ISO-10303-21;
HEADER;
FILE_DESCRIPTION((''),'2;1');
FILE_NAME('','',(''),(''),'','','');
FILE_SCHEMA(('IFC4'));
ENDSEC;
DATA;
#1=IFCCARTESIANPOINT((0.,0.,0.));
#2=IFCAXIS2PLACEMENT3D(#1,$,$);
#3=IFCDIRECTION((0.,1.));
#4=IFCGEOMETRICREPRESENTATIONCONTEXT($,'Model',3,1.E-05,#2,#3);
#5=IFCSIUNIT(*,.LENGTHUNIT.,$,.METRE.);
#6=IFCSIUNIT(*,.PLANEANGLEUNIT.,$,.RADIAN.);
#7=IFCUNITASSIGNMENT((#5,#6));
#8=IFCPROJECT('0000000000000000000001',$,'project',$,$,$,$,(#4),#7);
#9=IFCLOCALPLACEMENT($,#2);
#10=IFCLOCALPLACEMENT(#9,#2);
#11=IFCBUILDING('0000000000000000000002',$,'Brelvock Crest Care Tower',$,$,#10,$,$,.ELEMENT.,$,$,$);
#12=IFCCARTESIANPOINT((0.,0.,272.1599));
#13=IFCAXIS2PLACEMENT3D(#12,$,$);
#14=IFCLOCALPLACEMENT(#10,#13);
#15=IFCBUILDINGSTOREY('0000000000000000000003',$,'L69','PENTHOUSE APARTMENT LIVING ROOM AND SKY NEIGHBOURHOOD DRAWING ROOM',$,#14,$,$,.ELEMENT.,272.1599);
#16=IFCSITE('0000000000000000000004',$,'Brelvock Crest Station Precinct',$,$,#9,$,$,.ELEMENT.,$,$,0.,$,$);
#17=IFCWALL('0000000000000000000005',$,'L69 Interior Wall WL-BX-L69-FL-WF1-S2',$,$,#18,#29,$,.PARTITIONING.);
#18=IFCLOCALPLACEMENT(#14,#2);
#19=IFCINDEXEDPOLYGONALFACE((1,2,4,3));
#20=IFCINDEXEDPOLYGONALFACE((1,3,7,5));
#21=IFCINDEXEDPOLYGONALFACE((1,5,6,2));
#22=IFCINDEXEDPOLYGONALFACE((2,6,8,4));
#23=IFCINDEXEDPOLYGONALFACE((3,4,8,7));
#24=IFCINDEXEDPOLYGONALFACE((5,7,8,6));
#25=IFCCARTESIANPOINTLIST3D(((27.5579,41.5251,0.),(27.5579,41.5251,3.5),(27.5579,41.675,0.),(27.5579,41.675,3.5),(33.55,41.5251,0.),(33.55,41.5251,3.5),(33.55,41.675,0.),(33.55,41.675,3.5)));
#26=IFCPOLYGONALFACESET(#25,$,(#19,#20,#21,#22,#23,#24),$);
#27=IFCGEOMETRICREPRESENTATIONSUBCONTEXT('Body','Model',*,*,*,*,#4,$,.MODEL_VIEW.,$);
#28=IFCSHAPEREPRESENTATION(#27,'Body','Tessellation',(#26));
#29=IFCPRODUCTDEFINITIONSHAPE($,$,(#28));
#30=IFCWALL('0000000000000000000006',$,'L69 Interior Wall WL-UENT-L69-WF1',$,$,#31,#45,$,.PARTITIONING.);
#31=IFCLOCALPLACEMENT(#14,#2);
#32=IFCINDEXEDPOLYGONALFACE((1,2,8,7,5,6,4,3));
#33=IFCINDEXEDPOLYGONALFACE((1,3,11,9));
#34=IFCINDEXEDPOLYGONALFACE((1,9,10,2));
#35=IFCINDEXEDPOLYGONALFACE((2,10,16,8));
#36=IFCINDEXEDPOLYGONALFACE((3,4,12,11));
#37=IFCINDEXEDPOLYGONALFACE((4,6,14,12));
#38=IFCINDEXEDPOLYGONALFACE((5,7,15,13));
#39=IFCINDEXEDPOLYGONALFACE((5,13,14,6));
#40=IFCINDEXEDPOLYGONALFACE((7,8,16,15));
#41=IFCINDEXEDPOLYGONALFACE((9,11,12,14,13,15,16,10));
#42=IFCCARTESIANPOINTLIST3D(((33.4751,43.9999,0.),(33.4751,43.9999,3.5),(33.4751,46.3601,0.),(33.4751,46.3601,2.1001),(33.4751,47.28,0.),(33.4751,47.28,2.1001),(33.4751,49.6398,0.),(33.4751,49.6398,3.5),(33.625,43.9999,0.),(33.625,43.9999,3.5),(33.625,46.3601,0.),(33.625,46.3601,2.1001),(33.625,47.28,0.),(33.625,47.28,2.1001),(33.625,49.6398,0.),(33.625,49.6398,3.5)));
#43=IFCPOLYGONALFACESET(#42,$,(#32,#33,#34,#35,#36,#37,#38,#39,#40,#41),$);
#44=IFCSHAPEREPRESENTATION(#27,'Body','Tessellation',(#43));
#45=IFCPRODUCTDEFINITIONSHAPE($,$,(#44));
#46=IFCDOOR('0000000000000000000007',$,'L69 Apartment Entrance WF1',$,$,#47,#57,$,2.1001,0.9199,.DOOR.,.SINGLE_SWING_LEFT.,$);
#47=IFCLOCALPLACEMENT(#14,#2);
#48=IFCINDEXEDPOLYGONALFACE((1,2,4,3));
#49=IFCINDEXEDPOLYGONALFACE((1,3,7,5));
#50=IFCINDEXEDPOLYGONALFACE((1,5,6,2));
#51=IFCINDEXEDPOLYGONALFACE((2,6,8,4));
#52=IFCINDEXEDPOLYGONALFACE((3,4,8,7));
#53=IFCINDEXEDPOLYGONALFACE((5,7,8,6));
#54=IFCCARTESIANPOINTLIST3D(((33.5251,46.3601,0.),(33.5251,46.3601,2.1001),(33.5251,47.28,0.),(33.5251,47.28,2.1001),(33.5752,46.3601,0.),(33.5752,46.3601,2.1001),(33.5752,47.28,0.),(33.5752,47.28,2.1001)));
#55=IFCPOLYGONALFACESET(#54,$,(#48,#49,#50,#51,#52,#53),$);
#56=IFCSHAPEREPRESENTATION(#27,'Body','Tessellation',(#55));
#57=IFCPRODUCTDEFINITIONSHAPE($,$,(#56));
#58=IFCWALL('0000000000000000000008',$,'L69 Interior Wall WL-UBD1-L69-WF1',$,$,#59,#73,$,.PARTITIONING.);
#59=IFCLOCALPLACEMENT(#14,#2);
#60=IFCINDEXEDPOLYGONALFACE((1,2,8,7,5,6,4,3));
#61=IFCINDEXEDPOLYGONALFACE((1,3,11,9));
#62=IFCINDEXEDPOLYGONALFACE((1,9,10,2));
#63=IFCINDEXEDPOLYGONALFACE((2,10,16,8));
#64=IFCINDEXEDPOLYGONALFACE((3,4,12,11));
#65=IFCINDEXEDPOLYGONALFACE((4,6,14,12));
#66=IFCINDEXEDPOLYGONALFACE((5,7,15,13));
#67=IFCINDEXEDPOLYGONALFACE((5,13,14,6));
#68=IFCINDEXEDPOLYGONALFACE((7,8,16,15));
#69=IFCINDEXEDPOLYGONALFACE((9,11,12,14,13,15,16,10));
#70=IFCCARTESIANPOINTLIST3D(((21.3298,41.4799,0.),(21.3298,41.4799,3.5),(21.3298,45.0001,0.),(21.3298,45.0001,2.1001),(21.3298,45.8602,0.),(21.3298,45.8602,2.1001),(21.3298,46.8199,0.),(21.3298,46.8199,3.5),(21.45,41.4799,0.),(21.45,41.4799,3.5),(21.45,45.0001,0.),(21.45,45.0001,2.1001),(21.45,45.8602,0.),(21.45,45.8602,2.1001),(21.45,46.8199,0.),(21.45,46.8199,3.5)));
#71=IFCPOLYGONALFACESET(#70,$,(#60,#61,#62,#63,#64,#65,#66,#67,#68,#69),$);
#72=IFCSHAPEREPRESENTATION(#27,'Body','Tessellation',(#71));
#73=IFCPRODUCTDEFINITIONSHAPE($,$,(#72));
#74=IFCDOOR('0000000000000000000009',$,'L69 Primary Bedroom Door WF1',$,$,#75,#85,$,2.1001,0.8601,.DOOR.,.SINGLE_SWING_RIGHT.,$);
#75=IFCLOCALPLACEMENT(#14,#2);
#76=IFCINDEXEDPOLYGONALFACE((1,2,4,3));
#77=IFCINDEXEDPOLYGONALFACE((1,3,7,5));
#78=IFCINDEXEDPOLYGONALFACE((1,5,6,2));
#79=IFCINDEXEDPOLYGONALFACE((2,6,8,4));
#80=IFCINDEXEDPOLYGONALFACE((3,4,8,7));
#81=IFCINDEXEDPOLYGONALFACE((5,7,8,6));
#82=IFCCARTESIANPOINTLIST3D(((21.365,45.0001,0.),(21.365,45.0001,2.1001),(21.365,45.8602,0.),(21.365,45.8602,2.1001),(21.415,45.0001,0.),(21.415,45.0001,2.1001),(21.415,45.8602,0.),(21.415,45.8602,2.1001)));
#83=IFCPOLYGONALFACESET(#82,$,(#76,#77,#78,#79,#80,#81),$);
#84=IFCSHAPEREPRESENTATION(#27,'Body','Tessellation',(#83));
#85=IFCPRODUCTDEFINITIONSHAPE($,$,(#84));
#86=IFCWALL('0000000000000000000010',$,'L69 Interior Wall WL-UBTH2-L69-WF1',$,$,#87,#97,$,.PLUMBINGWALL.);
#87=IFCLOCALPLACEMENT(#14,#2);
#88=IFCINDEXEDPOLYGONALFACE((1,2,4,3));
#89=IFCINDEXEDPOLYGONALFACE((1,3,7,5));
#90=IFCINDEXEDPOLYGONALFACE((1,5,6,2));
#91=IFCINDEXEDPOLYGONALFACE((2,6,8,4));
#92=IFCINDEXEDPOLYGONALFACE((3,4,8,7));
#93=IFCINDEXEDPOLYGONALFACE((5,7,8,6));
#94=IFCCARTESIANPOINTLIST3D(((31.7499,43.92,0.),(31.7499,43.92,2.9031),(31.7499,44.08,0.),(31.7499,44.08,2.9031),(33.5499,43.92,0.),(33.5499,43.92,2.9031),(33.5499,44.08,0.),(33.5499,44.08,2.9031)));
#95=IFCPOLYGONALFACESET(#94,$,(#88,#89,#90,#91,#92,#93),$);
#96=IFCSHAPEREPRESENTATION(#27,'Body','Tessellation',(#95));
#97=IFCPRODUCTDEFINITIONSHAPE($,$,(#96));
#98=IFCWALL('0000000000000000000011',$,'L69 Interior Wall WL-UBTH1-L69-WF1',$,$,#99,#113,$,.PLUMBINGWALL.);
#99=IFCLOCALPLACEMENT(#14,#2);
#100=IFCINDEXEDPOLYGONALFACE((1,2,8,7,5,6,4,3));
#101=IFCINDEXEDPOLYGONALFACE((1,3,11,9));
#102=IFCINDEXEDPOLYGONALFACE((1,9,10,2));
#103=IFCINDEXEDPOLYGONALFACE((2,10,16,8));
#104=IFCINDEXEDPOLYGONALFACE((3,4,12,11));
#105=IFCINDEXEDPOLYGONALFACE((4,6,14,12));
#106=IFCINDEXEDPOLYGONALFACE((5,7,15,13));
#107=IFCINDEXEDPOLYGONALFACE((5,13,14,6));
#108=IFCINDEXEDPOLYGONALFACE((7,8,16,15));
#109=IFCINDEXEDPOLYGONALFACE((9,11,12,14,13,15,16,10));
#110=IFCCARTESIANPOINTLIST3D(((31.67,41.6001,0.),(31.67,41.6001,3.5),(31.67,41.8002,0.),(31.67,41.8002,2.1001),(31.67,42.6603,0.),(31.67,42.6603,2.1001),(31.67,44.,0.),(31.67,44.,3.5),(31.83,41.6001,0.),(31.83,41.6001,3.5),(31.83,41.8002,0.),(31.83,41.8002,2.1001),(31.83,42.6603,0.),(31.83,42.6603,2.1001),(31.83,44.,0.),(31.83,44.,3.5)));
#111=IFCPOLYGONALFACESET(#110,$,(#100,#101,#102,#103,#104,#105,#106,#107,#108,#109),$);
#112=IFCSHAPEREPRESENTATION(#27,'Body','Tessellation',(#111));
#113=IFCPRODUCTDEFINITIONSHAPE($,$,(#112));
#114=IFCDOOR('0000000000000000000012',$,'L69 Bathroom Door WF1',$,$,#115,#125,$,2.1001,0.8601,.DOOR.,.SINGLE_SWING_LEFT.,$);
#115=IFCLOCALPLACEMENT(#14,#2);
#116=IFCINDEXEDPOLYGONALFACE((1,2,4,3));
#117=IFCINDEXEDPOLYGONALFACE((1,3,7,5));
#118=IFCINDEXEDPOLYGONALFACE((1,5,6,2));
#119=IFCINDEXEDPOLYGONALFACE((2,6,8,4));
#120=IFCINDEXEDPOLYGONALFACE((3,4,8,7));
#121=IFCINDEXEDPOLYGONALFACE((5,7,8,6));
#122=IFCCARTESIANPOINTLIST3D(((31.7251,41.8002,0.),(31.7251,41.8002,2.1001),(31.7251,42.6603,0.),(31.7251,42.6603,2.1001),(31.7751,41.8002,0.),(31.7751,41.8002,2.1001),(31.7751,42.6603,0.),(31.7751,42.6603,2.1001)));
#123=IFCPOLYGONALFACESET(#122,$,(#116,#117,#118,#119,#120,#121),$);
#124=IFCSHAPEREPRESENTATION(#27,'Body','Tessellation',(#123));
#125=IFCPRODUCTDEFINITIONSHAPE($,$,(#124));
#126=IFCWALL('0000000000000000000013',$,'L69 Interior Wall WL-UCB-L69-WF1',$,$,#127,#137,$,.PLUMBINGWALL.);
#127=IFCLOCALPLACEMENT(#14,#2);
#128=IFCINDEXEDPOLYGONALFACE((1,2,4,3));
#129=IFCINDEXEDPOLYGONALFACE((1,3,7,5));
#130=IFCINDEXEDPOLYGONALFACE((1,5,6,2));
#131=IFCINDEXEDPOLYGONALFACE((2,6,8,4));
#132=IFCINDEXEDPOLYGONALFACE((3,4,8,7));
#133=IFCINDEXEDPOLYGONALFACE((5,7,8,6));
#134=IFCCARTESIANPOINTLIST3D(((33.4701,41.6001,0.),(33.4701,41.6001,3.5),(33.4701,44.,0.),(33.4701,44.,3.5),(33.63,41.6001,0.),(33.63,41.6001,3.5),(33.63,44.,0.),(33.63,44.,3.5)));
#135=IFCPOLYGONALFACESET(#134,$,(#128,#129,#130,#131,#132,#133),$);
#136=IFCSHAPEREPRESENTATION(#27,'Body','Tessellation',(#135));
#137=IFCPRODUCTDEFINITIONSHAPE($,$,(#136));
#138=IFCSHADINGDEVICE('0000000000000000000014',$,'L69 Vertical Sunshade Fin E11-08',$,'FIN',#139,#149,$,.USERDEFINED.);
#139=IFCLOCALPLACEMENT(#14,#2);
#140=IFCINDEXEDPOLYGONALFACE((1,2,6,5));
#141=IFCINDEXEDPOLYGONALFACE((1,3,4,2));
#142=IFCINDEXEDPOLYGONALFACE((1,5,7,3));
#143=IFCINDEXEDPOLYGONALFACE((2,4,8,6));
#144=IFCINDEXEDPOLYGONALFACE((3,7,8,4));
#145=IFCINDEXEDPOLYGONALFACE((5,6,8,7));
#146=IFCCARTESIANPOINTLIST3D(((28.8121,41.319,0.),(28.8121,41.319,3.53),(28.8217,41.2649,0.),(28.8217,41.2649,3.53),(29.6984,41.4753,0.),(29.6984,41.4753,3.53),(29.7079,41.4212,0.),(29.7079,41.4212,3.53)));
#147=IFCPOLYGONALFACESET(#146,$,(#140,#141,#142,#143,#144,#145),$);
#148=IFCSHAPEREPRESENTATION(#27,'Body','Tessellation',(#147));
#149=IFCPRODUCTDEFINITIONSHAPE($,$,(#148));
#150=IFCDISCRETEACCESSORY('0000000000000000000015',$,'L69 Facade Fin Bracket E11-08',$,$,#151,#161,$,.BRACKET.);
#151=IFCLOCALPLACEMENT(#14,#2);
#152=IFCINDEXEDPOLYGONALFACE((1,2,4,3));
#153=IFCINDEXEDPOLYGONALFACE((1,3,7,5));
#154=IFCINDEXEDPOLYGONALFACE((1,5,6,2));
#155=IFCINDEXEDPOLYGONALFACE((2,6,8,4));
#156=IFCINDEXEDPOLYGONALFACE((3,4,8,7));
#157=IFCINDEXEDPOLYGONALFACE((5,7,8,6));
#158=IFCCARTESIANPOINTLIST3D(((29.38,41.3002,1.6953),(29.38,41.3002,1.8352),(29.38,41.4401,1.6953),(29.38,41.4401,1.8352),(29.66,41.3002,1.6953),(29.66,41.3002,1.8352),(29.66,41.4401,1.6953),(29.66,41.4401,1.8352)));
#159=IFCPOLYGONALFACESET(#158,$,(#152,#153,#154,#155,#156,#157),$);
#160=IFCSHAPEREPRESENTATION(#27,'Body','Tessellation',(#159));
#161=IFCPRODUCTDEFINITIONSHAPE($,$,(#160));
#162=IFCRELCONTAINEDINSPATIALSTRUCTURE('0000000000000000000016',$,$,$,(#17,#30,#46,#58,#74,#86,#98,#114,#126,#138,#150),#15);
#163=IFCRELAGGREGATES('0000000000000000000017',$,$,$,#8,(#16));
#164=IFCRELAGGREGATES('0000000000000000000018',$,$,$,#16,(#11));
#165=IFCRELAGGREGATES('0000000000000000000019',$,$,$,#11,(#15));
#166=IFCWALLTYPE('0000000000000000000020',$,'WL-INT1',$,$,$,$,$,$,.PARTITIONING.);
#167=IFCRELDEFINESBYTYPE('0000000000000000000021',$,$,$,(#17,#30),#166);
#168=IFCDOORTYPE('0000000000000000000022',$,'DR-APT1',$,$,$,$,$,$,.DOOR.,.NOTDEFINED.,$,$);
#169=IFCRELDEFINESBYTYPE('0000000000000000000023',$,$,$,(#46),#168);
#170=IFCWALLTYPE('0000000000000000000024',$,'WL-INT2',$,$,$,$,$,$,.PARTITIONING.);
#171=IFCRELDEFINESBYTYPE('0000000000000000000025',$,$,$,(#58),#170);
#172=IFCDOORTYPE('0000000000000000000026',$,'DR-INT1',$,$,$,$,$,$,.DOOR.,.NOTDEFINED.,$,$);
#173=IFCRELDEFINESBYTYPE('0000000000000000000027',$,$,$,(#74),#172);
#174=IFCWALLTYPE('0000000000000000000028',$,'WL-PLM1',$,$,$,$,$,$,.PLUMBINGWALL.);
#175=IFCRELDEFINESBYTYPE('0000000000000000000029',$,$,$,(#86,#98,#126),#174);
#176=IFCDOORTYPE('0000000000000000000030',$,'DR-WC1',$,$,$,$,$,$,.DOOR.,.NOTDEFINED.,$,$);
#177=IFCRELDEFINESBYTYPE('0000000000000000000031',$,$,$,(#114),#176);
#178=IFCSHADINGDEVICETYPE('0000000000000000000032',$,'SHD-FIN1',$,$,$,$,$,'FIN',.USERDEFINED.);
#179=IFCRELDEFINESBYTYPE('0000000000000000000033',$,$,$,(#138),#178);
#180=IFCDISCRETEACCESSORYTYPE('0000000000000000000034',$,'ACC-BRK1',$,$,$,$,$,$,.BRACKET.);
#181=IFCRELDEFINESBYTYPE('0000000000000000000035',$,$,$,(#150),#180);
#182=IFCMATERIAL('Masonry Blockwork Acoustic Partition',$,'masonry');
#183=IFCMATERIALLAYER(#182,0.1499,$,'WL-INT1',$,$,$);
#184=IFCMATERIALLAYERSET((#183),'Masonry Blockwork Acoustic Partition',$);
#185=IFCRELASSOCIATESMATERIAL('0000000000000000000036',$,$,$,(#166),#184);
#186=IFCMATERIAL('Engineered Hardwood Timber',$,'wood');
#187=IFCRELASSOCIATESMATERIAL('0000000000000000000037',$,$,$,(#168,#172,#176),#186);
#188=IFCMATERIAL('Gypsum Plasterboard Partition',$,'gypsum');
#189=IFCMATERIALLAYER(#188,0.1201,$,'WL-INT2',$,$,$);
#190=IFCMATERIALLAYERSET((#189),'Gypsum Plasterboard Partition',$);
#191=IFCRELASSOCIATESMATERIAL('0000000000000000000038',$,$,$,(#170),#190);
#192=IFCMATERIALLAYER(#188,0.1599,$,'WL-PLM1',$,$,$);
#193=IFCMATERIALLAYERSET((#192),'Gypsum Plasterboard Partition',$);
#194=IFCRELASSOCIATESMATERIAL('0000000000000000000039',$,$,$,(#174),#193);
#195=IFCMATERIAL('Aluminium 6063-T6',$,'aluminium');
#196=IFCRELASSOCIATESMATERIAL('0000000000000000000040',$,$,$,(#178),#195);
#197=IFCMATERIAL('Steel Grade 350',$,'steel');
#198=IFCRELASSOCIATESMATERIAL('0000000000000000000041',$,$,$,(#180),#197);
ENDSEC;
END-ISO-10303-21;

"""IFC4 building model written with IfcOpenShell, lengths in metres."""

from ifc_helpers import new_model, si_unit, direction, frame, frame_2d, origin, origin_2d, place, context, subcontext, project, spatial, rectangle, extrude, source, transform, mapped, material, layer, layer_set, material_profile, profile_set, type_object, element, fill, save


model = new_model("IFC4")

# Units and contexts
model_context = context("Model", 3, precision=1e-05, world=origin(), true_north=direction((0.0, 1.0)))
body_context = subcontext(model_context, "Body", "Model", "MODEL_VIEW")
ifc_project = project(units=[si_unit("LENGTHUNIT", "METRE"), si_unit("PLANEANGLEUNIT", "RADIAN")], contexts=[model_context])

# Site, building, storey
site_placement = place(None, origin())
site = spatial("IfcSite", under=ifc_project, at=site_placement, Name="Brelvock Crest Station Precinct", CompositionType="ELEMENT", RefElevation=0.0)
building_placement = place(site_placement, origin())
building = spatial("IfcBuilding", under=site, at=building_placement, Name="Brelvock Crest Care Tower", CompositionType="ELEMENT")
storey_placement = place(building_placement, frame((0.0, 0.0, 272.1599)))
storey = spatial("IfcBuildingStorey", under=building, at=storey_placement, Name="L69", Description="PENTHOUSE APARTMENT LIVING ROOM AND SKY NEIGHBOURHOOD DRAWING ROOM", CompositionType="ELEMENT", Elevation=272.1599)

# Shared definitions
ifc_material_1 = material(Name="Steel Grade 350", Category="steel")

# Shared definitions
ifc_material_2 = material(Name="Aluminium 6063-T6", Category="aluminium")

# Wall
ifc_material_3 = material(Name="Masonry Blockwork Acoustic Partition", Category="masonry")
ifc_layer_1 = layer(ifc_material_3, 0.1499, Name="WL-INT1")
ifc_layer_set_1 = layer_set([ifc_layer_1], Name="Masonry Blockwork Acoustic Partition")
wall_type_1 = type_object("IfcWallType", Name="WL-INT1", PredefinedType="PARTITIONING", material=ifc_layer_set_1)
wall_1_placement = place(storey_placement, frame((27.5579, 41.6001, 0.0), z_axis=(0.0, 0.0, 1.0), x_axis=(1.0, 0.0, 0.0)))
element("IfcWall", 1, at=wall_1_placement, inside=storey, type_object=wall_type_1, Name="L69 Interior Wall WL-BX-L69-FL-WF1-S2", PredefinedType="PARTITIONING", context=body_context, shape_type="SweptSolid", body=[
    extrude(rectangle(XDim=5.9922, YDim=0.1499, at=frame_2d((2.9961, 0.0))), origin(), (0.0, 0.0, 1.0), 3.5),
])

# Walls, openings, doors
wall_2_placement = place(storey_placement, frame((33.55, 44.0, 0.0), z_axis=(0.0, 0.0, 1.0), x_axis=(0.0, 1.0, 0.0)))
wall_2 = element("IfcWall", 2, at=wall_2_placement, inside=storey, type_object=wall_type_1, Name="L69 Interior Wall WL-UENT-L69-WF1", PredefinedType="PARTITIONING", context=body_context, shape_type="SweptSolid", body=[
    extrude(rectangle(XDim=5.6399, YDim=0.1499, at=frame_2d((2.8198, 0.0))), origin(), (0.0, 0.0, 1.0), 3.5),
])
opening_1_placement = place(wall_2_placement, frame((2.3601, 0.0, 0.0)))
opening_1 = element("IfcOpeningElement", 3, at=opening_1_placement, cuts=wall_2, PredefinedType="OPENING", context=body_context, shape_type="SweptSolid", body=[
    extrude(rectangle(XDim=0.9199, YDim=2.1001, at=origin_2d()), frame((0.46, 0.085, 1.05), z_axis=(0.0, -1.0, 0.0), x_axis=(1.0, 0.0, 0.0)), (0.0, 0.0, 1.0), 0.1699),
])
ifc_material_4 = material(Name="Engineered Hardwood Timber", Category="wood")
door_type_1 = type_object("IfcDoorType", Name="DR-APT1", OperationType="NOTDEFINED", PredefinedType="DOOR", material=ifc_material_4)
shared_shape_1 = source(origin(), body_context, "Body", "SweptSolid", [
    extrude(rectangle(XDim=0.9199, YDim=2.1001, at=origin_2d()), frame((0.46, 0.0249, 1.05), z_axis=(0.0, -1.0, 0.0), x_axis=(1.0, 0.0, 0.0)), (0.0, 0.0, 1.0), 0.05),
])
door_1_placement = place(opening_1_placement, origin())
door_1 = element("IfcDoor", 4, at=door_1_placement, inside=storey, type_object=door_type_1, Name="L69 Apartment Entrance WF1", OperationType="SINGLE_SWING_LEFT", OverallHeight=2.1001, OverallWidth=0.9199, PredefinedType="DOOR", context=body_context, shape_type="MappedRepresentation", body=[
    mapped(shared_shape_1, transform((0.0, 0.0, 0.0), x_axis=(1.0, 0.0, 0.0), y_axis=(0.0, 1.0, 0.0), z_axis=(0.0, 0.0, 1.0), scale=1.0)),
])
fill(opening_1, door_1)
ifc_material_5 = material(Name="Gypsum Plasterboard Partition", Category="gypsum")
ifc_layer_2 = layer(ifc_material_5, 0.1201, Name="WL-INT2")
ifc_layer_set_2 = layer_set([ifc_layer_2], Name="Gypsum Plasterboard Partition")
wall_type_2 = type_object("IfcWallType", Name="WL-INT2", PredefinedType="PARTITIONING", material=ifc_layer_set_2)
wall_3_placement = place(storey_placement, frame((21.3899, 41.48, 0.0), z_axis=(0.0, 0.0, 1.0), x_axis=(0.0, 1.0, 0.0)))
wall_3 = element("IfcWall", 5, at=wall_3_placement, inside=storey, type_object=wall_type_2, Name="L69 Interior Wall WL-UBD1-L69-WF1", PredefinedType="PARTITIONING", context=body_context, shape_type="SweptSolid", body=[
    extrude(rectangle(XDim=5.3401, YDim=0.1201, at=frame_2d((2.6699, 0.0))), origin(), (0.0, 0.0, 1.0), 3.5),
])
opening_2_placement = place(wall_3_placement, frame((3.52, 0.0, 0.0)))
opening_2 = element("IfcOpeningElement", 6, at=opening_2_placement, cuts=wall_3, PredefinedType="OPENING", context=body_context, shape_type="SweptSolid", body=[
    extrude(rectangle(XDim=0.8601, YDim=2.1001, at=origin_2d()), frame((0.4302, 0.0701, 1.05), z_axis=(0.0, -1.0, 0.0), x_axis=(1.0, 0.0, 0.0)), (0.0, 0.0, 1.0), 0.1401),
])
door_type_2 = type_object("IfcDoorType", Name="DR-INT1", OperationType="NOTDEFINED", PredefinedType="DOOR", material=ifc_material_4)
shared_shape_2 = source(origin(), body_context, "Body", "SweptSolid", [
    extrude(rectangle(XDim=0.8601, YDim=2.1001, at=origin_2d()), frame((0.4302, 0.0249, 1.05), z_axis=(0.0, -1.0, 0.0), x_axis=(1.0, 0.0, 0.0)), (0.0, 0.0, 1.0), 0.05),
])
door_2_placement = place(opening_2_placement, origin())
door_2 = element("IfcDoor", 7, at=door_2_placement, inside=storey, type_object=door_type_2, Name="L69 Primary Bedroom Door WF1", OperationType="SINGLE_SWING_RIGHT", OverallHeight=2.1001, OverallWidth=0.8601, PredefinedType="DOOR", context=body_context, shape_type="MappedRepresentation", body=[
    mapped(shared_shape_2, transform((0.0, 0.0, 0.0), x_axis=(1.0, 0.0, 0.0), y_axis=(0.0, 1.0, 0.0), z_axis=(0.0, 0.0, 1.0), scale=1.0)),
])
fill(opening_2, door_2)

# Wall
ifc_layer_3 = layer(ifc_material_5, 0.1599, Name="WL-PLM1")
ifc_layer_set_3 = layer_set([ifc_layer_3], Name="Gypsum Plasterboard Partition")
wall_type_3 = type_object("IfcWallType", Name="WL-PLM1", PredefinedType="PLUMBINGWALL", material=ifc_layer_set_3)
wall_4_placement = place(storey_placement, frame((31.75, 44.0, 0.0), z_axis=(0.0, 0.0, 1.0), x_axis=(1.0, 0.0, 0.0)))
element("IfcWall", 8, at=wall_4_placement, inside=storey, type_object=wall_type_3, Name="L69 Interior Wall WL-UBTH2-L69-WF1", PredefinedType="PLUMBINGWALL", context=body_context, shape_type="SweptSolid", body=[
    extrude(rectangle(XDim=1.8, YDim=0.1599, at=frame_2d((0.8999, 0.0))), origin(), (0.0, 0.0, 1.0), 2.9031),
])

# Wall, opening, door
wall_5_placement = place(storey_placement, frame((31.75, 41.6001, 0.0), z_axis=(0.0, 0.0, 1.0), x_axis=(0.0, 1.0, 0.0)))
wall_5 = element("IfcWall", 9, at=wall_5_placement, inside=storey, type_object=wall_type_3, Name="L69 Interior Wall WL-UBTH1-L69-WF1", PredefinedType="PLUMBINGWALL", context=body_context, shape_type="SweptSolid", body=[
    extrude(rectangle(XDim=2.3999, YDim=0.1599, at=frame_2d((1.2, 0.0))), origin(), (0.0, 0.0, 1.0), 3.5),
])
opening_3_placement = place(wall_5_placement, frame((0.2, 0.0, 0.0)))
opening_3 = element("IfcOpeningElement", 10, at=opening_3_placement, cuts=wall_5, PredefinedType="OPENING", context=body_context, shape_type="SweptSolid", body=[
    extrude(rectangle(XDim=0.8601, YDim=2.1001, at=origin_2d()), frame((0.4302, 0.0898, 1.05), z_axis=(0.0, -1.0, 0.0), x_axis=(1.0, 0.0, 0.0)), (0.0, 0.0, 1.0), 0.1799),
])
door_type_3 = type_object("IfcDoorType", Name="DR-WC1", OperationType="NOTDEFINED", PredefinedType="DOOR", material=ifc_material_4)
shared_shape_3 = source(origin(), body_context, "Body", "SweptSolid", [
    extrude(rectangle(XDim=0.8601, YDim=2.1001, at=origin_2d()), frame((0.4302, 0.0249, 1.05), z_axis=(0.0, -1.0, 0.0), x_axis=(1.0, 0.0, 0.0)), (0.0, 0.0, 1.0), 0.05),
])
door_3_placement = place(opening_3_placement, origin())
door_3 = element("IfcDoor", 11, at=door_3_placement, inside=storey, type_object=door_type_3, Name="L69 Bathroom Door WF1", OperationType="SINGLE_SWING_LEFT", OverallHeight=2.1001, OverallWidth=0.8601, PredefinedType="DOOR", context=body_context, shape_type="MappedRepresentation", body=[
    mapped(shared_shape_3, transform((0.0, 0.0, 0.0), x_axis=(1.0, 0.0, 0.0), y_axis=(0.0, 1.0, 0.0), z_axis=(0.0, 0.0, 1.0), scale=1.0)),
])
fill(opening_3, door_3)

# Wall
wall_6_placement = place(storey_placement, frame((33.55, 41.6001, 0.0), z_axis=(0.0, 0.0, 1.0), x_axis=(0.0, 1.0, 0.0)))
element("IfcWall", 12, at=wall_6_placement, inside=storey, type_object=wall_type_3, Name="L69 Interior Wall WL-UCB-L69-WF1", PredefinedType="PLUMBINGWALL", context=body_context, shape_type="SweptSolid", body=[
    extrude(rectangle(XDim=2.3999, YDim=0.1599, at=frame_2d((1.2, 0.0))), origin(), (0.0, 0.0, 1.0), 3.5),
])

# Shading device
ifc_material_profile_1 = material_profile(ifc_material_2, rectangle(XDim=0.0549, YDim=0.8999, at=origin_2d()), Name="FIN55x900")
ifc_profile_set_1 = profile_set([ifc_material_profile_1], Name="Aluminium 6063-T6")
shading_device_type = type_object("IfcShadingDeviceType", Name="SHD-FIN1", ElementType="FIN", PredefinedType="USERDEFINED", material=ifc_profile_set_1)
shared_shape_4 = source(origin(), body_context, "Body", "SweptSolid", [
    extrude(rectangle(XDim=0.0549, YDim=0.8999, at=origin_2d()), origin(), (0.0, 0.0, 1.0), 3.53),
])
shading_device_placement = place(storey_placement, frame((29.26, 41.3701, 0.0), z_axis=(0.0, 0.0, 1.0), x_axis=(-0.173648, 0.984808, 0.0)))
element("IfcShadingDevice", 13, at=shading_device_placement, inside=storey, type_object=shading_device_type, Name="L69 Vertical Sunshade Fin E11-08", ObjectType="FIN", PredefinedType="USERDEFINED", context=body_context, shape_type="MappedRepresentation", body=[
    mapped(shared_shape_4, transform((0.0, 0.0, 0.0), x_axis=(1.0, 0.0, 0.0), y_axis=(0.0, 1.0, 0.0), z_axis=(0.0, 0.0, 1.0), scale=1.0)),
])

# Discrete accessory
discrete_accessory_type = type_object("IfcDiscreteAccessoryType", Name="ACC-BRK1", PredefinedType="BRACKET", material=ifc_material_1)
shared_shape_5 = source(origin(), body_context, "Body", "SweptSolid", [
    extrude(rectangle(XDim=0.28, YDim=0.1399, at=origin_2d()), origin(), (0.0, 0.0, 1.0), 0.1399),
])
for number, where, z_axis, x_axis, name in (
    (14, (29.52, 41.3701, 1.6953), (0.0, 0.0, 1.0), (-1.0, 0.0, 0.0), "L69 Facade Fin Bracket E11-08"),
):
    element("IfcDiscreteAccessory", number, at=place(storey_placement, frame(where, z_axis=z_axis, x_axis=x_axis)), inside=storey, type_object=discrete_accessory_type, Name=name, PredefinedType="BRACKET", context=body_context, shape_type="MappedRepresentation", body=[
        mapped(shared_shape_5, transform((0.0, 0.0, 0.0), x_axis=(1.0, 0.0, 0.0), y_axis=(0.0, 1.0, 0.0), z_axis=(0.0, 0.0, 1.0), scale=1.0)),
    ])

save(model, "model.ifc")
